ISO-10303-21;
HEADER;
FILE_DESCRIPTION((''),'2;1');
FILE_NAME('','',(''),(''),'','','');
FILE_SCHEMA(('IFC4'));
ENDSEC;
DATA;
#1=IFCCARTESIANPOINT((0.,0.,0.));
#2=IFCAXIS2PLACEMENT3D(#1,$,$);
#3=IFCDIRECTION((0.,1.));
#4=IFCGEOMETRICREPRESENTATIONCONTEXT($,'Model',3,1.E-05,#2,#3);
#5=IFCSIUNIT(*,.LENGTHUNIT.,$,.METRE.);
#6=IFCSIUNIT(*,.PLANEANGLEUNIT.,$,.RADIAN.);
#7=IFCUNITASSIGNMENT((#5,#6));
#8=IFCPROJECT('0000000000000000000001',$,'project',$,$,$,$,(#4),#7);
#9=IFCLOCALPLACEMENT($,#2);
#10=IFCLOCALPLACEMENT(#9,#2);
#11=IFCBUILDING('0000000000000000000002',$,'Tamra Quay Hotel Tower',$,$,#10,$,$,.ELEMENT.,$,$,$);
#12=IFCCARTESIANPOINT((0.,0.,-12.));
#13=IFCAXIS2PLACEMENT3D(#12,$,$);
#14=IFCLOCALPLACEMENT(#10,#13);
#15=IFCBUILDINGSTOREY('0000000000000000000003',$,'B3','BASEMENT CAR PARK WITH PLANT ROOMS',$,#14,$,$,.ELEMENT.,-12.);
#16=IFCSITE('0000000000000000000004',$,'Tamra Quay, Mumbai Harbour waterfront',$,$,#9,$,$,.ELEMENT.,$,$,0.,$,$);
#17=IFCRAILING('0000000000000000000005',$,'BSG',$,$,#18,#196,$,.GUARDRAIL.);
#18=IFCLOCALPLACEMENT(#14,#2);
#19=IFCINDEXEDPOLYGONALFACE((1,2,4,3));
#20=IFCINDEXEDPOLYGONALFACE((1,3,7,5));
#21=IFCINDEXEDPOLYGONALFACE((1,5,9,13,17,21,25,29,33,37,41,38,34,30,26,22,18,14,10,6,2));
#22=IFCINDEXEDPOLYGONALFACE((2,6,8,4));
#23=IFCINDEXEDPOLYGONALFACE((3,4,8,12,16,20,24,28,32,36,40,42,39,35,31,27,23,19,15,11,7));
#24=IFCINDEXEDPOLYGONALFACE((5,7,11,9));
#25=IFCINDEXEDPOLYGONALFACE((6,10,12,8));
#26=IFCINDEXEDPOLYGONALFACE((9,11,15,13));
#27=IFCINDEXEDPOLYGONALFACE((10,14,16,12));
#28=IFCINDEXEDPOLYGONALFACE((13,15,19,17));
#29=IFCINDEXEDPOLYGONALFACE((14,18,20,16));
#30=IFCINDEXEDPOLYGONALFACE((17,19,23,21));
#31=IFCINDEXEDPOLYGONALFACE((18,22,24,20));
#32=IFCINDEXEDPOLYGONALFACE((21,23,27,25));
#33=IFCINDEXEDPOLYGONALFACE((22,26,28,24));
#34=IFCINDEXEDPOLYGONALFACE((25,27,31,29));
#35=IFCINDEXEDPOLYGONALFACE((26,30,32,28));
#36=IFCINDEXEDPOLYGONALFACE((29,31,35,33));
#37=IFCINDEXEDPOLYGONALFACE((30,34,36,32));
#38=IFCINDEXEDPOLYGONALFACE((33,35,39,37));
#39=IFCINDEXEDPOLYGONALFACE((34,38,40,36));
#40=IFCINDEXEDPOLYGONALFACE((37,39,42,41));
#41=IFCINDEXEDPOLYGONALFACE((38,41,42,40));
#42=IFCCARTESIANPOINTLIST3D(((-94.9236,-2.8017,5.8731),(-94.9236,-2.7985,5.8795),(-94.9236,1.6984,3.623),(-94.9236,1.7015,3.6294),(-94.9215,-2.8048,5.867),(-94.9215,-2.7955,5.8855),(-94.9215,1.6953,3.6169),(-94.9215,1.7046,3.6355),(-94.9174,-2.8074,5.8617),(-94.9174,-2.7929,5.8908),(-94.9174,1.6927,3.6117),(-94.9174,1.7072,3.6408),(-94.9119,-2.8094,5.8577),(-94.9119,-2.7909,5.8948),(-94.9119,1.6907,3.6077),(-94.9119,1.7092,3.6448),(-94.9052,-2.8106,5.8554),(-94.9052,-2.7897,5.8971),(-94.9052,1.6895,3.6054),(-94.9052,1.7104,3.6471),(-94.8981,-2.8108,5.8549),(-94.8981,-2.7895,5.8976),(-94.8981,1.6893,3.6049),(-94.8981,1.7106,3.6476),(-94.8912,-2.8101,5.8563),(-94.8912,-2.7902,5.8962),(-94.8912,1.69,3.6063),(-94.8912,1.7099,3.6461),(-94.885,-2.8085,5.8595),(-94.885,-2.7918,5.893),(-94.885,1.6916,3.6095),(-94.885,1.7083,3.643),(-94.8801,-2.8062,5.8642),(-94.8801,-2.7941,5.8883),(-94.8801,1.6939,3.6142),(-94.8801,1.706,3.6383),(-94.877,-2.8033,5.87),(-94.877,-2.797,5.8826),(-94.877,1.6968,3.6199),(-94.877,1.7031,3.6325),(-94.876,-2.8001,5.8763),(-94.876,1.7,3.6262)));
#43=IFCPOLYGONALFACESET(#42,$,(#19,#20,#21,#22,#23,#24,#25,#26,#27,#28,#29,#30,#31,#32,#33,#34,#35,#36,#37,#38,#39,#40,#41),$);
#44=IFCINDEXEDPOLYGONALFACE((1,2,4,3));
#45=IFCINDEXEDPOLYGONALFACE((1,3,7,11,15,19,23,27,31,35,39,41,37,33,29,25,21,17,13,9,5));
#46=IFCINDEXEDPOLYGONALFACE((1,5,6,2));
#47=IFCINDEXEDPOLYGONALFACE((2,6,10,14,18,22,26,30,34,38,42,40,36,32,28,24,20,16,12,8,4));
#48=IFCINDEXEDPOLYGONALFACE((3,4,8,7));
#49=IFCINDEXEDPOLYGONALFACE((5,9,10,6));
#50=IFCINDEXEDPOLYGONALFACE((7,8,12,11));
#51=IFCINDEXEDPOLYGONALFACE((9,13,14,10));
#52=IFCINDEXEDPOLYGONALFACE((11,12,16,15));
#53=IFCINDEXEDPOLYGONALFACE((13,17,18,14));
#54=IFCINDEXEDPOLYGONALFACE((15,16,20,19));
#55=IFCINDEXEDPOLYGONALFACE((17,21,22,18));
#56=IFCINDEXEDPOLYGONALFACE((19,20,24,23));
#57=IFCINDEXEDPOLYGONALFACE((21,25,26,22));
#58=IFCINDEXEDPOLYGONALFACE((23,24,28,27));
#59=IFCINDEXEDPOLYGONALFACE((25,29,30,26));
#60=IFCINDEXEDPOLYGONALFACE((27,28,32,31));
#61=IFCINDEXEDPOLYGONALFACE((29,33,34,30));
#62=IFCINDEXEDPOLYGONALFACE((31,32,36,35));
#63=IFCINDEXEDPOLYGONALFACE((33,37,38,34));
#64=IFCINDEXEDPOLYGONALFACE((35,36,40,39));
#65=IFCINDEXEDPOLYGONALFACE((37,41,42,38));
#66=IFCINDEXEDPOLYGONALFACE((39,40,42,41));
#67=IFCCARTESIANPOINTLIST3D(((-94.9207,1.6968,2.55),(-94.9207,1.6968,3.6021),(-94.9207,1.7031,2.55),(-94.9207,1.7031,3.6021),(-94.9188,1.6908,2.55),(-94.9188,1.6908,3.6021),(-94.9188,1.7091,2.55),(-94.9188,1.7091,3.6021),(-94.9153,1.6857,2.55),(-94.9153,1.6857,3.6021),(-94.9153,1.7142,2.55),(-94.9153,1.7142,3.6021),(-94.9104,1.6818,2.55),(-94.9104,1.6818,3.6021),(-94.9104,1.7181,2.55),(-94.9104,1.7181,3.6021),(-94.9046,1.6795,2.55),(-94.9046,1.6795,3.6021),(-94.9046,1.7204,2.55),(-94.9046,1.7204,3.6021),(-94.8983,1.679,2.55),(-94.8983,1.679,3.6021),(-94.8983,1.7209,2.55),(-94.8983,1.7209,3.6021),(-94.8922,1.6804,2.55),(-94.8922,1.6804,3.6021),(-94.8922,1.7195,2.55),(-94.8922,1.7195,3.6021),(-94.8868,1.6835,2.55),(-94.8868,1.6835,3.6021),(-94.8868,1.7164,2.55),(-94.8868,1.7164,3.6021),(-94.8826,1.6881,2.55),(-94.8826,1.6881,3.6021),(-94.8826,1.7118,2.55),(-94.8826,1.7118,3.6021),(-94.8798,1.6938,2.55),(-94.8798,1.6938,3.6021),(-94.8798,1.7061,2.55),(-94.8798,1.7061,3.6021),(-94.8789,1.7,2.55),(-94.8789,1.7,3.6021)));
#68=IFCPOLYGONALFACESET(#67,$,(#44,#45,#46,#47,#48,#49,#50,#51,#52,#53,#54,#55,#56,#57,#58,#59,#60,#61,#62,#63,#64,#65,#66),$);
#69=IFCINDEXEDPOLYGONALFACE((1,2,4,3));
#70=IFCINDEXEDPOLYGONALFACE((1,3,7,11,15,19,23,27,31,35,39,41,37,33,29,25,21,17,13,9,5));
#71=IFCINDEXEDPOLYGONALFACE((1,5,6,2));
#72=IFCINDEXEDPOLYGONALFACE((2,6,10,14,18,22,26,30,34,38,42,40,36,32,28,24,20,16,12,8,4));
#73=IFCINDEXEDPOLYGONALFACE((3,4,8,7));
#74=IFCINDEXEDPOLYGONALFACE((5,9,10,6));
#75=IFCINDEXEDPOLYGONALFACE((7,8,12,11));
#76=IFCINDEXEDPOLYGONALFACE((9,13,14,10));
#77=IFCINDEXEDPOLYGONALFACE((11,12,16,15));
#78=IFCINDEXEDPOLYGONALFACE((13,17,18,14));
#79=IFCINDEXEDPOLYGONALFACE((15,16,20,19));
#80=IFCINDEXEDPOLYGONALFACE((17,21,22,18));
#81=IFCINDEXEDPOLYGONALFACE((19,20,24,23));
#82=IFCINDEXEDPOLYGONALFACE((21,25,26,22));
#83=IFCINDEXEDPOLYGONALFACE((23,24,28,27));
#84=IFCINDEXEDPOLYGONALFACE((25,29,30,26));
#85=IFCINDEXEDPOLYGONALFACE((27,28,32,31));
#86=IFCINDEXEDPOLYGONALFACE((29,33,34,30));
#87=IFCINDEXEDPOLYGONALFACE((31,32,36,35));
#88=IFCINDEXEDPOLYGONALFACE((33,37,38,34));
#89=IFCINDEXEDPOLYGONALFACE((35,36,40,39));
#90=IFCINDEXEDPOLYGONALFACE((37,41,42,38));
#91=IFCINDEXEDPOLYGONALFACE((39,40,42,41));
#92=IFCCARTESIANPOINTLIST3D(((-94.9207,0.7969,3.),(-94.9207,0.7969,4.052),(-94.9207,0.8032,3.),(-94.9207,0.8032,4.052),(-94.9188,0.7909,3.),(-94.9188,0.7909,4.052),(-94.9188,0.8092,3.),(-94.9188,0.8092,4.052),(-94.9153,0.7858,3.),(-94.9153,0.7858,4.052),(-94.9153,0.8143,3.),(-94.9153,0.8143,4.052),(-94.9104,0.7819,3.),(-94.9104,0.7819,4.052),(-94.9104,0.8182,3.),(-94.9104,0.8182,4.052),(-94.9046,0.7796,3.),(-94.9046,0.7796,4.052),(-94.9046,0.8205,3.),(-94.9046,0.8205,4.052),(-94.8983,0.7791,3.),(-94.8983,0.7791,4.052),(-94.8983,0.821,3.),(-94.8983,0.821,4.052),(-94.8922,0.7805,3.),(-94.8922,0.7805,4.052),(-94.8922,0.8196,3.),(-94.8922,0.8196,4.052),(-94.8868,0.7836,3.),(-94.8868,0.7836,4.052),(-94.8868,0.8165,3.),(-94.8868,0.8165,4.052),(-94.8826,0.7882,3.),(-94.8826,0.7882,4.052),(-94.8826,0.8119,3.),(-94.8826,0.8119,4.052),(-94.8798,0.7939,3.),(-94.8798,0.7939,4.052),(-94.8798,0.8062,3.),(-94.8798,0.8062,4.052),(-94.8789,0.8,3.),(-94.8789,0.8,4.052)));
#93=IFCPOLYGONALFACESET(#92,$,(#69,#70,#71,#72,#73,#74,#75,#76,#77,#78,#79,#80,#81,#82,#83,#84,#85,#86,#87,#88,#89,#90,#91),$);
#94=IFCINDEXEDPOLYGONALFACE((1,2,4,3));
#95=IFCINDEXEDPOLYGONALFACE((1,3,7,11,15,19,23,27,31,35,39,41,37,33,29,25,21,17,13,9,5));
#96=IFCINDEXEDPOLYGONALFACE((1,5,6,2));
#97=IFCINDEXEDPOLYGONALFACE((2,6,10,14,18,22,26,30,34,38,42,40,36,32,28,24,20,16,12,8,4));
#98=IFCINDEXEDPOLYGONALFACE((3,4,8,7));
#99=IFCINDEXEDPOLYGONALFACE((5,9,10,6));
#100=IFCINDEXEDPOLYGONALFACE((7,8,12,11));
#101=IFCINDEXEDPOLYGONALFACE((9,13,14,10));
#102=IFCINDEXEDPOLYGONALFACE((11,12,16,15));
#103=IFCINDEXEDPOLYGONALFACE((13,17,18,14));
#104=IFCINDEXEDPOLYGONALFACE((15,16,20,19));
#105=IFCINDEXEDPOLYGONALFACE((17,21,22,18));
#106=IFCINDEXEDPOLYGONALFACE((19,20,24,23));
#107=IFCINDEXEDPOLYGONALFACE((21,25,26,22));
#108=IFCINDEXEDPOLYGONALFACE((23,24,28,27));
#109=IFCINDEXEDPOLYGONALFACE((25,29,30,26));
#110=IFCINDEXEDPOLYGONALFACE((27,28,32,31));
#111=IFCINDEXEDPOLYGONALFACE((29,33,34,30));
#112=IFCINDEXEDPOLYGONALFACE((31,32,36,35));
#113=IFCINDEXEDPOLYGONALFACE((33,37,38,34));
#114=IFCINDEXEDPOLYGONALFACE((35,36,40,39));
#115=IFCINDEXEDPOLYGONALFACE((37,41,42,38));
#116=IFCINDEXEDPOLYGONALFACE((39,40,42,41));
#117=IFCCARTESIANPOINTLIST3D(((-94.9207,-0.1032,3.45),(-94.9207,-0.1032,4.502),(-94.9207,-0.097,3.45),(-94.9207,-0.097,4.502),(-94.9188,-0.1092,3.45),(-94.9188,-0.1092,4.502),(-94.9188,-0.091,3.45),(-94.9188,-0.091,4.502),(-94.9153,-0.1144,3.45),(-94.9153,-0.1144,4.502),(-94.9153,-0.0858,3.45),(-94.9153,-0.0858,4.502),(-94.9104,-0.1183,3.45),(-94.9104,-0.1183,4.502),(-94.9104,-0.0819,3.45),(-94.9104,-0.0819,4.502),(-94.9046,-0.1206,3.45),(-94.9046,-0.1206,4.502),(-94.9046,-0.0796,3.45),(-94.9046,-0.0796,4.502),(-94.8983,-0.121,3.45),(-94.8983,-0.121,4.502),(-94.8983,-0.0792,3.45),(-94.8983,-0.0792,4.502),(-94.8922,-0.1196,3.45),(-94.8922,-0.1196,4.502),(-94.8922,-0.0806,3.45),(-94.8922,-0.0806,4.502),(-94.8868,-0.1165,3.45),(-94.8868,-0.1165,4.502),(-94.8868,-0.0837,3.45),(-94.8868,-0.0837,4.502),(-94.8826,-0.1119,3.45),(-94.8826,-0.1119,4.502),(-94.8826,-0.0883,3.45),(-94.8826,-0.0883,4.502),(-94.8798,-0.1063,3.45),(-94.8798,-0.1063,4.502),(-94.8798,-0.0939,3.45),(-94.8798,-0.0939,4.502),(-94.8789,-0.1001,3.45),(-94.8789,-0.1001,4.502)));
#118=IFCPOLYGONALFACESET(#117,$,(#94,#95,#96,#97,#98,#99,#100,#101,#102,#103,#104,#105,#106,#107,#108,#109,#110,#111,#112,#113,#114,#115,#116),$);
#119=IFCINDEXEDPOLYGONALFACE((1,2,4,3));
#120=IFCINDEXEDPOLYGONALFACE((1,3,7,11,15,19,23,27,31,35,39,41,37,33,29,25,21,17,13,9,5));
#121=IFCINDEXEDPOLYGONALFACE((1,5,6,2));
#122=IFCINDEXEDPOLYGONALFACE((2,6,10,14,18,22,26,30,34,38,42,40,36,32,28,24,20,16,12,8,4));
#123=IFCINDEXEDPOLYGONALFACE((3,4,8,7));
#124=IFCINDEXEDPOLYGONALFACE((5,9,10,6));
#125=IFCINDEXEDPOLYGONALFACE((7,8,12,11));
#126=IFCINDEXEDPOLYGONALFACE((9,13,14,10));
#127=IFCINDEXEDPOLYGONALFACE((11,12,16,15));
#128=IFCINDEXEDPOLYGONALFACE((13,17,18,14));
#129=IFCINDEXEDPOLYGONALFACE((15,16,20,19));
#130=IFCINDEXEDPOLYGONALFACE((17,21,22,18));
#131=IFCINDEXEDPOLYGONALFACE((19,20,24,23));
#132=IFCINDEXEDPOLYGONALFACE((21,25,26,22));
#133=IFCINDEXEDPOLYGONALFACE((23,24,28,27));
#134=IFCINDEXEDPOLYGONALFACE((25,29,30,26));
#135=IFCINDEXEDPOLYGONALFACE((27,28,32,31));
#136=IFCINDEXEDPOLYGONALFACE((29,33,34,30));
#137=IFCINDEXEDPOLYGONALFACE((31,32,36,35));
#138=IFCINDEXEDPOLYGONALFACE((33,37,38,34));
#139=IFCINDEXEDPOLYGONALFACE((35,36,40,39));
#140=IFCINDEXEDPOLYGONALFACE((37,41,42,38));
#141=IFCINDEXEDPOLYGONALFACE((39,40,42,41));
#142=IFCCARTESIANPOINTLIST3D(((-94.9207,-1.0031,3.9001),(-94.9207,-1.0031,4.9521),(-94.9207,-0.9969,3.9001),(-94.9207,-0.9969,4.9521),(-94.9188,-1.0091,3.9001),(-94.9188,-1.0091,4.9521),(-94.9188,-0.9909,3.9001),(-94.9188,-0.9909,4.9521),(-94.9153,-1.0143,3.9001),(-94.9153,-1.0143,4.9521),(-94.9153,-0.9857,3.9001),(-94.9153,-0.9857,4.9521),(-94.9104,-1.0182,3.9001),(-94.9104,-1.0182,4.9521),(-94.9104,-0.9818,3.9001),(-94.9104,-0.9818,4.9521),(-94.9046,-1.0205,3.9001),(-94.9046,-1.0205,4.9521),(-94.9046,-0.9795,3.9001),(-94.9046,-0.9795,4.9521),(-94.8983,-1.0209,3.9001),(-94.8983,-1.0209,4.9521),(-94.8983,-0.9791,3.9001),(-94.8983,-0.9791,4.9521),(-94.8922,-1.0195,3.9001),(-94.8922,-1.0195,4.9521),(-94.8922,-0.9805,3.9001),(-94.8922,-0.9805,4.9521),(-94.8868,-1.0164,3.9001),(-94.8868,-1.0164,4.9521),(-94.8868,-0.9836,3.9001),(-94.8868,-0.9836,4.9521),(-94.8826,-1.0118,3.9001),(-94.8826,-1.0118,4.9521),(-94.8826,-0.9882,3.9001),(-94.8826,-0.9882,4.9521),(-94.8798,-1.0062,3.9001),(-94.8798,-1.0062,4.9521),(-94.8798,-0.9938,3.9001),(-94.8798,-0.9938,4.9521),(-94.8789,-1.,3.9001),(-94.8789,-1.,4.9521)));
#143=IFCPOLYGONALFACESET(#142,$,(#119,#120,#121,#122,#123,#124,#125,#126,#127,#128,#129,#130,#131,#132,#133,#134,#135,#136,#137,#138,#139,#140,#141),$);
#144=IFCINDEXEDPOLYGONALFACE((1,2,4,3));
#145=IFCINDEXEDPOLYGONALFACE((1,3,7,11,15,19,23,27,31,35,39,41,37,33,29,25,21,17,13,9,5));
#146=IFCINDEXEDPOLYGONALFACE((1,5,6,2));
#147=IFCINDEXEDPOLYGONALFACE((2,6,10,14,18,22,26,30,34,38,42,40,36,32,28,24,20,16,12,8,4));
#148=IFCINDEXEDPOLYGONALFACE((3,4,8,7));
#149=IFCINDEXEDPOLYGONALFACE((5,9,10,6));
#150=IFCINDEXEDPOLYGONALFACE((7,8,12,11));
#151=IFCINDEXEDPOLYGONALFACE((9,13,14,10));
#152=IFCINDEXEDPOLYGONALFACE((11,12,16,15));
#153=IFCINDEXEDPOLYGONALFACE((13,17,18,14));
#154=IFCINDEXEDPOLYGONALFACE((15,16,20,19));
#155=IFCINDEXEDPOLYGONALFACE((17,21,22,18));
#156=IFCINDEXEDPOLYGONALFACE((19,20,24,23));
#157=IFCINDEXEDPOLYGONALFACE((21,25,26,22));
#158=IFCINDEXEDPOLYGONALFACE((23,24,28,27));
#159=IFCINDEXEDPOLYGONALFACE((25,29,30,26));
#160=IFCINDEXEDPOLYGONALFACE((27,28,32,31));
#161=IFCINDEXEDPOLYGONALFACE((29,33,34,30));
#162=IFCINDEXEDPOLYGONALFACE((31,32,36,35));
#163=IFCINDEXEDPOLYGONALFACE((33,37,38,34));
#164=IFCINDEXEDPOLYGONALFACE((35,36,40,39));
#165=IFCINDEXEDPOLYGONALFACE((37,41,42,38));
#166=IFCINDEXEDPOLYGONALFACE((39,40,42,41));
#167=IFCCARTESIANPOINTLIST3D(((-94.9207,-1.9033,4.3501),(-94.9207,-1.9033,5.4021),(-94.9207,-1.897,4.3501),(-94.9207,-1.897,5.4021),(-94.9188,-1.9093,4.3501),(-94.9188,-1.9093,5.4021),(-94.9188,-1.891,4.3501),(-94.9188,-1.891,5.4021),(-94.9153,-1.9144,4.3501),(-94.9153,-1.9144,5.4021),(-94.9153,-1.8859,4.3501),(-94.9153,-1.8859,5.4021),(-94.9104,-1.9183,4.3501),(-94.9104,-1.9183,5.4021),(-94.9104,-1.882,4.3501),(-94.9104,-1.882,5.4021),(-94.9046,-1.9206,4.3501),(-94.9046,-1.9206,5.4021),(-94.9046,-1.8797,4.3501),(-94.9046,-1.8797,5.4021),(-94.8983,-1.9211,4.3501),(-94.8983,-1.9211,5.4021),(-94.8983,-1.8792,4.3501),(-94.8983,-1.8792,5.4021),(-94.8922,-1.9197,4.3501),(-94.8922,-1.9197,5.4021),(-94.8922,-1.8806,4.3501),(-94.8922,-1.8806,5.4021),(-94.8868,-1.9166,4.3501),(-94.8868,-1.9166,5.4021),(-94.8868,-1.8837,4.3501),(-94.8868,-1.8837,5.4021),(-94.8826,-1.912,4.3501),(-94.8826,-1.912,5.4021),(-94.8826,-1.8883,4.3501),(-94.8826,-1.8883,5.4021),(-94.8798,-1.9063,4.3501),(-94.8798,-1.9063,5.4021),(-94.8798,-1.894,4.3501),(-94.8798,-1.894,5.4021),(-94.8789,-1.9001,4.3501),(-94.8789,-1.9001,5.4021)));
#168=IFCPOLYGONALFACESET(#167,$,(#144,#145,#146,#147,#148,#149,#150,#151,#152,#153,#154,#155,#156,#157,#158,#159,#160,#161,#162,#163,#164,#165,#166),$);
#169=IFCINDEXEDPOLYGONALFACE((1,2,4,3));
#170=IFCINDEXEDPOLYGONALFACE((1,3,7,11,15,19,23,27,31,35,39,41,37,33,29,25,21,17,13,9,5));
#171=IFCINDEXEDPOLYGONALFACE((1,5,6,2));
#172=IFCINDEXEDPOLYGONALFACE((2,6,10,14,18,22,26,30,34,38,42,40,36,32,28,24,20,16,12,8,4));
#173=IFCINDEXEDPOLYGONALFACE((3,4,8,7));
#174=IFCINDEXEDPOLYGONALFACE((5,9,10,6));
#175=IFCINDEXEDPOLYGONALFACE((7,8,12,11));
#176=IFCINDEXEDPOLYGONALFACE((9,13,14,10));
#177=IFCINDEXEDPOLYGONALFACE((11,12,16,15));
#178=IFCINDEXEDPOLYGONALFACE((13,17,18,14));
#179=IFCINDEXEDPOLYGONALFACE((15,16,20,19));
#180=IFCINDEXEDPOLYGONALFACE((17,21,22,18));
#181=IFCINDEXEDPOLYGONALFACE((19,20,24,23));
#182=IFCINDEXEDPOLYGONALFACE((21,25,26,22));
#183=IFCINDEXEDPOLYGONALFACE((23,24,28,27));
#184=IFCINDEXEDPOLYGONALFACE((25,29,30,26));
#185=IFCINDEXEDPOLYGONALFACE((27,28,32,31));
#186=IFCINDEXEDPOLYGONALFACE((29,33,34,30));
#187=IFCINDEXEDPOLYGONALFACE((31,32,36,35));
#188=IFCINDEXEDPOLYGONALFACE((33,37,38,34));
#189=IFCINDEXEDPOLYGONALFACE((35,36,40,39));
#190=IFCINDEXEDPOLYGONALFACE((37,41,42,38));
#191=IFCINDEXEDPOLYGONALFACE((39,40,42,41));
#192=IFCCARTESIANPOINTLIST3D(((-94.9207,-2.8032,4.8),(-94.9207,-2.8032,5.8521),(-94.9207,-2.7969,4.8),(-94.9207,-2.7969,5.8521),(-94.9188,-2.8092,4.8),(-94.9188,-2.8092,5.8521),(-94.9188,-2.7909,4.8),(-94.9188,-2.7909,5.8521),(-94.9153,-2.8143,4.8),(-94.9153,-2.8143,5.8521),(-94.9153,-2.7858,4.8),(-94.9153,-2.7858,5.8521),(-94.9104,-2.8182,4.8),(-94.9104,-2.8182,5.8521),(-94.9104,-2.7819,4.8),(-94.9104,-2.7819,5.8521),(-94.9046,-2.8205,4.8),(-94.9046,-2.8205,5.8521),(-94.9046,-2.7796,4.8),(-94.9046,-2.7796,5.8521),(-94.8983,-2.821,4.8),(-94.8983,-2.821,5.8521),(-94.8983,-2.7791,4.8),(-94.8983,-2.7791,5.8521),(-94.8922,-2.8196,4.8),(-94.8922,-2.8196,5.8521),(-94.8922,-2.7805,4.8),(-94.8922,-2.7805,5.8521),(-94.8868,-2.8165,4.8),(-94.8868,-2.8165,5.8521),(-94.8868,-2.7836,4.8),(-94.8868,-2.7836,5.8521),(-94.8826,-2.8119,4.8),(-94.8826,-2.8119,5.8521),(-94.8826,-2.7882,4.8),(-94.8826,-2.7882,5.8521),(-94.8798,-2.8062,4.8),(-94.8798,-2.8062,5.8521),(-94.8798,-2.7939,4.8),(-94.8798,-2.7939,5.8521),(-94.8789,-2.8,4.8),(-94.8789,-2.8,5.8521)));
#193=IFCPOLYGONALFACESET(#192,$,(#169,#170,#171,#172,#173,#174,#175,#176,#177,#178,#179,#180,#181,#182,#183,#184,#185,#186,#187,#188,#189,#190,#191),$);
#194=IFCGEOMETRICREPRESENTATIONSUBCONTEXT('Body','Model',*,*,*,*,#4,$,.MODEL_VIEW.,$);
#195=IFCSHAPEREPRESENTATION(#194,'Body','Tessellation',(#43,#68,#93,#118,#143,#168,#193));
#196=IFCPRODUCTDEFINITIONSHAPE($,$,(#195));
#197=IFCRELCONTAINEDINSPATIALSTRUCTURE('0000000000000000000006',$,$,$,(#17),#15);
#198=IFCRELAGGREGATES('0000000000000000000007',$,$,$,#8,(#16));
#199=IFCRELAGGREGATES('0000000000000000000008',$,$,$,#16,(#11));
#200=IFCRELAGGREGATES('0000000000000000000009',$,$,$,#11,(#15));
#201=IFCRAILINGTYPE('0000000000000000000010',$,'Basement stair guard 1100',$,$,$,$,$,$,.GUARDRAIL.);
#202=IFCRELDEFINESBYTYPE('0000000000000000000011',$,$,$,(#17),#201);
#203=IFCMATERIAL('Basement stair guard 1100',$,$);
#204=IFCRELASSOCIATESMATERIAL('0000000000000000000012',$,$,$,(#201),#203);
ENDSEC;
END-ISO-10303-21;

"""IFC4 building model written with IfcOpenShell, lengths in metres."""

from ifc_helpers import new_model, si_unit, direction, frame, origin, origin_2d, place, context, subcontext, project, spatial, circle, extrude, material, type_object, element, save


model = new_model("IFC4")

# Units and contexts
model_context = context("Model", 3, precision=1e-05, world=origin(), true_north=direction((0.0, 1.0)))
body_context = subcontext(model_context, "Body", "Model", "MODEL_VIEW")
ifc_project = project(units=[si_unit("LENGTHUNIT", "METRE"), si_unit("PLANEANGLEUNIT", "RADIAN")], contexts=[model_context])

# Site, building, storey
site_placement = place(None, origin())
site = spatial("IfcSite", under=ifc_project, at=site_placement, Name="Tamra Quay, Mumbai Harbour waterfront", CompositionType="ELEMENT", RefElevation=0.0)
building_placement = place(site_placement, origin())
building = spatial("IfcBuilding", under=site, at=building_placement, Name="Tamra Quay Hotel Tower", CompositionType="ELEMENT")
storey_placement = place(building_placement, frame((0.0, 0.0, -12.0)))
storey = spatial("IfcBuildingStorey", under=building, at=storey_placement, Name="B3", Description="BASEMENT CAR PARK WITH PLANT ROOMS", CompositionType="ELEMENT", Elevation=-12.0)

# Railing
ifc_material_1 = material(Name="Basement stair guard 1100")
railing_type_1 = type_object("IfcRailingType", Name="Basement stair guard 1100", PredefinedType="GUARDRAIL", material=ifc_material_1)
railing_1_placement = place(storey_placement, frame((-94.8999, 1.7, 2.55)))
element("IfcRailing", 1, at=railing_1_placement, inside=storey, type_object=railing_type_1, Name="BSG", PredefinedType="GUARDRAIL", context=body_context, shape_type="SweptSolid", body=[
    extrude(circle(Radius=0.0239, at=origin_2d()), frame((0.0, 0.0, 1.0762), z_axis=(0.0, -0.894427, 0.447214), x_axis=(1.0, 0.0, 0.0)), (0.0, 0.0, 1.0), 5.0312),
    extrude(circle(Radius=0.021, at=origin_2d()), origin(), (0.0, 0.0, 1.0), 1.052),
    extrude(circle(Radius=0.021, at=origin_2d()), frame((0.0, -0.8999, 0.45)), (0.0, 0.0, 1.0), 1.052),
    extrude(circle(Radius=0.021, at=origin_2d()), frame((0.0, -1.8, 0.8999)), (0.0, 0.0, 1.0), 1.052),
    extrude(circle(Radius=0.021, at=origin_2d()), frame((0.0, -2.7, 1.3501)), (0.0, 0.0, 1.0), 1.052),
    extrude(circle(Radius=0.021, at=origin_2d()), frame((0.0, -3.6001, 1.8)), (0.0, 0.0, 1.0), 1.052),
    extrude(circle(Radius=0.021, at=origin_2d()), frame((0.0, -4.5, 2.25)), (0.0, 0.0, 1.0), 1.052),
])

save(model, "model.ifc")
